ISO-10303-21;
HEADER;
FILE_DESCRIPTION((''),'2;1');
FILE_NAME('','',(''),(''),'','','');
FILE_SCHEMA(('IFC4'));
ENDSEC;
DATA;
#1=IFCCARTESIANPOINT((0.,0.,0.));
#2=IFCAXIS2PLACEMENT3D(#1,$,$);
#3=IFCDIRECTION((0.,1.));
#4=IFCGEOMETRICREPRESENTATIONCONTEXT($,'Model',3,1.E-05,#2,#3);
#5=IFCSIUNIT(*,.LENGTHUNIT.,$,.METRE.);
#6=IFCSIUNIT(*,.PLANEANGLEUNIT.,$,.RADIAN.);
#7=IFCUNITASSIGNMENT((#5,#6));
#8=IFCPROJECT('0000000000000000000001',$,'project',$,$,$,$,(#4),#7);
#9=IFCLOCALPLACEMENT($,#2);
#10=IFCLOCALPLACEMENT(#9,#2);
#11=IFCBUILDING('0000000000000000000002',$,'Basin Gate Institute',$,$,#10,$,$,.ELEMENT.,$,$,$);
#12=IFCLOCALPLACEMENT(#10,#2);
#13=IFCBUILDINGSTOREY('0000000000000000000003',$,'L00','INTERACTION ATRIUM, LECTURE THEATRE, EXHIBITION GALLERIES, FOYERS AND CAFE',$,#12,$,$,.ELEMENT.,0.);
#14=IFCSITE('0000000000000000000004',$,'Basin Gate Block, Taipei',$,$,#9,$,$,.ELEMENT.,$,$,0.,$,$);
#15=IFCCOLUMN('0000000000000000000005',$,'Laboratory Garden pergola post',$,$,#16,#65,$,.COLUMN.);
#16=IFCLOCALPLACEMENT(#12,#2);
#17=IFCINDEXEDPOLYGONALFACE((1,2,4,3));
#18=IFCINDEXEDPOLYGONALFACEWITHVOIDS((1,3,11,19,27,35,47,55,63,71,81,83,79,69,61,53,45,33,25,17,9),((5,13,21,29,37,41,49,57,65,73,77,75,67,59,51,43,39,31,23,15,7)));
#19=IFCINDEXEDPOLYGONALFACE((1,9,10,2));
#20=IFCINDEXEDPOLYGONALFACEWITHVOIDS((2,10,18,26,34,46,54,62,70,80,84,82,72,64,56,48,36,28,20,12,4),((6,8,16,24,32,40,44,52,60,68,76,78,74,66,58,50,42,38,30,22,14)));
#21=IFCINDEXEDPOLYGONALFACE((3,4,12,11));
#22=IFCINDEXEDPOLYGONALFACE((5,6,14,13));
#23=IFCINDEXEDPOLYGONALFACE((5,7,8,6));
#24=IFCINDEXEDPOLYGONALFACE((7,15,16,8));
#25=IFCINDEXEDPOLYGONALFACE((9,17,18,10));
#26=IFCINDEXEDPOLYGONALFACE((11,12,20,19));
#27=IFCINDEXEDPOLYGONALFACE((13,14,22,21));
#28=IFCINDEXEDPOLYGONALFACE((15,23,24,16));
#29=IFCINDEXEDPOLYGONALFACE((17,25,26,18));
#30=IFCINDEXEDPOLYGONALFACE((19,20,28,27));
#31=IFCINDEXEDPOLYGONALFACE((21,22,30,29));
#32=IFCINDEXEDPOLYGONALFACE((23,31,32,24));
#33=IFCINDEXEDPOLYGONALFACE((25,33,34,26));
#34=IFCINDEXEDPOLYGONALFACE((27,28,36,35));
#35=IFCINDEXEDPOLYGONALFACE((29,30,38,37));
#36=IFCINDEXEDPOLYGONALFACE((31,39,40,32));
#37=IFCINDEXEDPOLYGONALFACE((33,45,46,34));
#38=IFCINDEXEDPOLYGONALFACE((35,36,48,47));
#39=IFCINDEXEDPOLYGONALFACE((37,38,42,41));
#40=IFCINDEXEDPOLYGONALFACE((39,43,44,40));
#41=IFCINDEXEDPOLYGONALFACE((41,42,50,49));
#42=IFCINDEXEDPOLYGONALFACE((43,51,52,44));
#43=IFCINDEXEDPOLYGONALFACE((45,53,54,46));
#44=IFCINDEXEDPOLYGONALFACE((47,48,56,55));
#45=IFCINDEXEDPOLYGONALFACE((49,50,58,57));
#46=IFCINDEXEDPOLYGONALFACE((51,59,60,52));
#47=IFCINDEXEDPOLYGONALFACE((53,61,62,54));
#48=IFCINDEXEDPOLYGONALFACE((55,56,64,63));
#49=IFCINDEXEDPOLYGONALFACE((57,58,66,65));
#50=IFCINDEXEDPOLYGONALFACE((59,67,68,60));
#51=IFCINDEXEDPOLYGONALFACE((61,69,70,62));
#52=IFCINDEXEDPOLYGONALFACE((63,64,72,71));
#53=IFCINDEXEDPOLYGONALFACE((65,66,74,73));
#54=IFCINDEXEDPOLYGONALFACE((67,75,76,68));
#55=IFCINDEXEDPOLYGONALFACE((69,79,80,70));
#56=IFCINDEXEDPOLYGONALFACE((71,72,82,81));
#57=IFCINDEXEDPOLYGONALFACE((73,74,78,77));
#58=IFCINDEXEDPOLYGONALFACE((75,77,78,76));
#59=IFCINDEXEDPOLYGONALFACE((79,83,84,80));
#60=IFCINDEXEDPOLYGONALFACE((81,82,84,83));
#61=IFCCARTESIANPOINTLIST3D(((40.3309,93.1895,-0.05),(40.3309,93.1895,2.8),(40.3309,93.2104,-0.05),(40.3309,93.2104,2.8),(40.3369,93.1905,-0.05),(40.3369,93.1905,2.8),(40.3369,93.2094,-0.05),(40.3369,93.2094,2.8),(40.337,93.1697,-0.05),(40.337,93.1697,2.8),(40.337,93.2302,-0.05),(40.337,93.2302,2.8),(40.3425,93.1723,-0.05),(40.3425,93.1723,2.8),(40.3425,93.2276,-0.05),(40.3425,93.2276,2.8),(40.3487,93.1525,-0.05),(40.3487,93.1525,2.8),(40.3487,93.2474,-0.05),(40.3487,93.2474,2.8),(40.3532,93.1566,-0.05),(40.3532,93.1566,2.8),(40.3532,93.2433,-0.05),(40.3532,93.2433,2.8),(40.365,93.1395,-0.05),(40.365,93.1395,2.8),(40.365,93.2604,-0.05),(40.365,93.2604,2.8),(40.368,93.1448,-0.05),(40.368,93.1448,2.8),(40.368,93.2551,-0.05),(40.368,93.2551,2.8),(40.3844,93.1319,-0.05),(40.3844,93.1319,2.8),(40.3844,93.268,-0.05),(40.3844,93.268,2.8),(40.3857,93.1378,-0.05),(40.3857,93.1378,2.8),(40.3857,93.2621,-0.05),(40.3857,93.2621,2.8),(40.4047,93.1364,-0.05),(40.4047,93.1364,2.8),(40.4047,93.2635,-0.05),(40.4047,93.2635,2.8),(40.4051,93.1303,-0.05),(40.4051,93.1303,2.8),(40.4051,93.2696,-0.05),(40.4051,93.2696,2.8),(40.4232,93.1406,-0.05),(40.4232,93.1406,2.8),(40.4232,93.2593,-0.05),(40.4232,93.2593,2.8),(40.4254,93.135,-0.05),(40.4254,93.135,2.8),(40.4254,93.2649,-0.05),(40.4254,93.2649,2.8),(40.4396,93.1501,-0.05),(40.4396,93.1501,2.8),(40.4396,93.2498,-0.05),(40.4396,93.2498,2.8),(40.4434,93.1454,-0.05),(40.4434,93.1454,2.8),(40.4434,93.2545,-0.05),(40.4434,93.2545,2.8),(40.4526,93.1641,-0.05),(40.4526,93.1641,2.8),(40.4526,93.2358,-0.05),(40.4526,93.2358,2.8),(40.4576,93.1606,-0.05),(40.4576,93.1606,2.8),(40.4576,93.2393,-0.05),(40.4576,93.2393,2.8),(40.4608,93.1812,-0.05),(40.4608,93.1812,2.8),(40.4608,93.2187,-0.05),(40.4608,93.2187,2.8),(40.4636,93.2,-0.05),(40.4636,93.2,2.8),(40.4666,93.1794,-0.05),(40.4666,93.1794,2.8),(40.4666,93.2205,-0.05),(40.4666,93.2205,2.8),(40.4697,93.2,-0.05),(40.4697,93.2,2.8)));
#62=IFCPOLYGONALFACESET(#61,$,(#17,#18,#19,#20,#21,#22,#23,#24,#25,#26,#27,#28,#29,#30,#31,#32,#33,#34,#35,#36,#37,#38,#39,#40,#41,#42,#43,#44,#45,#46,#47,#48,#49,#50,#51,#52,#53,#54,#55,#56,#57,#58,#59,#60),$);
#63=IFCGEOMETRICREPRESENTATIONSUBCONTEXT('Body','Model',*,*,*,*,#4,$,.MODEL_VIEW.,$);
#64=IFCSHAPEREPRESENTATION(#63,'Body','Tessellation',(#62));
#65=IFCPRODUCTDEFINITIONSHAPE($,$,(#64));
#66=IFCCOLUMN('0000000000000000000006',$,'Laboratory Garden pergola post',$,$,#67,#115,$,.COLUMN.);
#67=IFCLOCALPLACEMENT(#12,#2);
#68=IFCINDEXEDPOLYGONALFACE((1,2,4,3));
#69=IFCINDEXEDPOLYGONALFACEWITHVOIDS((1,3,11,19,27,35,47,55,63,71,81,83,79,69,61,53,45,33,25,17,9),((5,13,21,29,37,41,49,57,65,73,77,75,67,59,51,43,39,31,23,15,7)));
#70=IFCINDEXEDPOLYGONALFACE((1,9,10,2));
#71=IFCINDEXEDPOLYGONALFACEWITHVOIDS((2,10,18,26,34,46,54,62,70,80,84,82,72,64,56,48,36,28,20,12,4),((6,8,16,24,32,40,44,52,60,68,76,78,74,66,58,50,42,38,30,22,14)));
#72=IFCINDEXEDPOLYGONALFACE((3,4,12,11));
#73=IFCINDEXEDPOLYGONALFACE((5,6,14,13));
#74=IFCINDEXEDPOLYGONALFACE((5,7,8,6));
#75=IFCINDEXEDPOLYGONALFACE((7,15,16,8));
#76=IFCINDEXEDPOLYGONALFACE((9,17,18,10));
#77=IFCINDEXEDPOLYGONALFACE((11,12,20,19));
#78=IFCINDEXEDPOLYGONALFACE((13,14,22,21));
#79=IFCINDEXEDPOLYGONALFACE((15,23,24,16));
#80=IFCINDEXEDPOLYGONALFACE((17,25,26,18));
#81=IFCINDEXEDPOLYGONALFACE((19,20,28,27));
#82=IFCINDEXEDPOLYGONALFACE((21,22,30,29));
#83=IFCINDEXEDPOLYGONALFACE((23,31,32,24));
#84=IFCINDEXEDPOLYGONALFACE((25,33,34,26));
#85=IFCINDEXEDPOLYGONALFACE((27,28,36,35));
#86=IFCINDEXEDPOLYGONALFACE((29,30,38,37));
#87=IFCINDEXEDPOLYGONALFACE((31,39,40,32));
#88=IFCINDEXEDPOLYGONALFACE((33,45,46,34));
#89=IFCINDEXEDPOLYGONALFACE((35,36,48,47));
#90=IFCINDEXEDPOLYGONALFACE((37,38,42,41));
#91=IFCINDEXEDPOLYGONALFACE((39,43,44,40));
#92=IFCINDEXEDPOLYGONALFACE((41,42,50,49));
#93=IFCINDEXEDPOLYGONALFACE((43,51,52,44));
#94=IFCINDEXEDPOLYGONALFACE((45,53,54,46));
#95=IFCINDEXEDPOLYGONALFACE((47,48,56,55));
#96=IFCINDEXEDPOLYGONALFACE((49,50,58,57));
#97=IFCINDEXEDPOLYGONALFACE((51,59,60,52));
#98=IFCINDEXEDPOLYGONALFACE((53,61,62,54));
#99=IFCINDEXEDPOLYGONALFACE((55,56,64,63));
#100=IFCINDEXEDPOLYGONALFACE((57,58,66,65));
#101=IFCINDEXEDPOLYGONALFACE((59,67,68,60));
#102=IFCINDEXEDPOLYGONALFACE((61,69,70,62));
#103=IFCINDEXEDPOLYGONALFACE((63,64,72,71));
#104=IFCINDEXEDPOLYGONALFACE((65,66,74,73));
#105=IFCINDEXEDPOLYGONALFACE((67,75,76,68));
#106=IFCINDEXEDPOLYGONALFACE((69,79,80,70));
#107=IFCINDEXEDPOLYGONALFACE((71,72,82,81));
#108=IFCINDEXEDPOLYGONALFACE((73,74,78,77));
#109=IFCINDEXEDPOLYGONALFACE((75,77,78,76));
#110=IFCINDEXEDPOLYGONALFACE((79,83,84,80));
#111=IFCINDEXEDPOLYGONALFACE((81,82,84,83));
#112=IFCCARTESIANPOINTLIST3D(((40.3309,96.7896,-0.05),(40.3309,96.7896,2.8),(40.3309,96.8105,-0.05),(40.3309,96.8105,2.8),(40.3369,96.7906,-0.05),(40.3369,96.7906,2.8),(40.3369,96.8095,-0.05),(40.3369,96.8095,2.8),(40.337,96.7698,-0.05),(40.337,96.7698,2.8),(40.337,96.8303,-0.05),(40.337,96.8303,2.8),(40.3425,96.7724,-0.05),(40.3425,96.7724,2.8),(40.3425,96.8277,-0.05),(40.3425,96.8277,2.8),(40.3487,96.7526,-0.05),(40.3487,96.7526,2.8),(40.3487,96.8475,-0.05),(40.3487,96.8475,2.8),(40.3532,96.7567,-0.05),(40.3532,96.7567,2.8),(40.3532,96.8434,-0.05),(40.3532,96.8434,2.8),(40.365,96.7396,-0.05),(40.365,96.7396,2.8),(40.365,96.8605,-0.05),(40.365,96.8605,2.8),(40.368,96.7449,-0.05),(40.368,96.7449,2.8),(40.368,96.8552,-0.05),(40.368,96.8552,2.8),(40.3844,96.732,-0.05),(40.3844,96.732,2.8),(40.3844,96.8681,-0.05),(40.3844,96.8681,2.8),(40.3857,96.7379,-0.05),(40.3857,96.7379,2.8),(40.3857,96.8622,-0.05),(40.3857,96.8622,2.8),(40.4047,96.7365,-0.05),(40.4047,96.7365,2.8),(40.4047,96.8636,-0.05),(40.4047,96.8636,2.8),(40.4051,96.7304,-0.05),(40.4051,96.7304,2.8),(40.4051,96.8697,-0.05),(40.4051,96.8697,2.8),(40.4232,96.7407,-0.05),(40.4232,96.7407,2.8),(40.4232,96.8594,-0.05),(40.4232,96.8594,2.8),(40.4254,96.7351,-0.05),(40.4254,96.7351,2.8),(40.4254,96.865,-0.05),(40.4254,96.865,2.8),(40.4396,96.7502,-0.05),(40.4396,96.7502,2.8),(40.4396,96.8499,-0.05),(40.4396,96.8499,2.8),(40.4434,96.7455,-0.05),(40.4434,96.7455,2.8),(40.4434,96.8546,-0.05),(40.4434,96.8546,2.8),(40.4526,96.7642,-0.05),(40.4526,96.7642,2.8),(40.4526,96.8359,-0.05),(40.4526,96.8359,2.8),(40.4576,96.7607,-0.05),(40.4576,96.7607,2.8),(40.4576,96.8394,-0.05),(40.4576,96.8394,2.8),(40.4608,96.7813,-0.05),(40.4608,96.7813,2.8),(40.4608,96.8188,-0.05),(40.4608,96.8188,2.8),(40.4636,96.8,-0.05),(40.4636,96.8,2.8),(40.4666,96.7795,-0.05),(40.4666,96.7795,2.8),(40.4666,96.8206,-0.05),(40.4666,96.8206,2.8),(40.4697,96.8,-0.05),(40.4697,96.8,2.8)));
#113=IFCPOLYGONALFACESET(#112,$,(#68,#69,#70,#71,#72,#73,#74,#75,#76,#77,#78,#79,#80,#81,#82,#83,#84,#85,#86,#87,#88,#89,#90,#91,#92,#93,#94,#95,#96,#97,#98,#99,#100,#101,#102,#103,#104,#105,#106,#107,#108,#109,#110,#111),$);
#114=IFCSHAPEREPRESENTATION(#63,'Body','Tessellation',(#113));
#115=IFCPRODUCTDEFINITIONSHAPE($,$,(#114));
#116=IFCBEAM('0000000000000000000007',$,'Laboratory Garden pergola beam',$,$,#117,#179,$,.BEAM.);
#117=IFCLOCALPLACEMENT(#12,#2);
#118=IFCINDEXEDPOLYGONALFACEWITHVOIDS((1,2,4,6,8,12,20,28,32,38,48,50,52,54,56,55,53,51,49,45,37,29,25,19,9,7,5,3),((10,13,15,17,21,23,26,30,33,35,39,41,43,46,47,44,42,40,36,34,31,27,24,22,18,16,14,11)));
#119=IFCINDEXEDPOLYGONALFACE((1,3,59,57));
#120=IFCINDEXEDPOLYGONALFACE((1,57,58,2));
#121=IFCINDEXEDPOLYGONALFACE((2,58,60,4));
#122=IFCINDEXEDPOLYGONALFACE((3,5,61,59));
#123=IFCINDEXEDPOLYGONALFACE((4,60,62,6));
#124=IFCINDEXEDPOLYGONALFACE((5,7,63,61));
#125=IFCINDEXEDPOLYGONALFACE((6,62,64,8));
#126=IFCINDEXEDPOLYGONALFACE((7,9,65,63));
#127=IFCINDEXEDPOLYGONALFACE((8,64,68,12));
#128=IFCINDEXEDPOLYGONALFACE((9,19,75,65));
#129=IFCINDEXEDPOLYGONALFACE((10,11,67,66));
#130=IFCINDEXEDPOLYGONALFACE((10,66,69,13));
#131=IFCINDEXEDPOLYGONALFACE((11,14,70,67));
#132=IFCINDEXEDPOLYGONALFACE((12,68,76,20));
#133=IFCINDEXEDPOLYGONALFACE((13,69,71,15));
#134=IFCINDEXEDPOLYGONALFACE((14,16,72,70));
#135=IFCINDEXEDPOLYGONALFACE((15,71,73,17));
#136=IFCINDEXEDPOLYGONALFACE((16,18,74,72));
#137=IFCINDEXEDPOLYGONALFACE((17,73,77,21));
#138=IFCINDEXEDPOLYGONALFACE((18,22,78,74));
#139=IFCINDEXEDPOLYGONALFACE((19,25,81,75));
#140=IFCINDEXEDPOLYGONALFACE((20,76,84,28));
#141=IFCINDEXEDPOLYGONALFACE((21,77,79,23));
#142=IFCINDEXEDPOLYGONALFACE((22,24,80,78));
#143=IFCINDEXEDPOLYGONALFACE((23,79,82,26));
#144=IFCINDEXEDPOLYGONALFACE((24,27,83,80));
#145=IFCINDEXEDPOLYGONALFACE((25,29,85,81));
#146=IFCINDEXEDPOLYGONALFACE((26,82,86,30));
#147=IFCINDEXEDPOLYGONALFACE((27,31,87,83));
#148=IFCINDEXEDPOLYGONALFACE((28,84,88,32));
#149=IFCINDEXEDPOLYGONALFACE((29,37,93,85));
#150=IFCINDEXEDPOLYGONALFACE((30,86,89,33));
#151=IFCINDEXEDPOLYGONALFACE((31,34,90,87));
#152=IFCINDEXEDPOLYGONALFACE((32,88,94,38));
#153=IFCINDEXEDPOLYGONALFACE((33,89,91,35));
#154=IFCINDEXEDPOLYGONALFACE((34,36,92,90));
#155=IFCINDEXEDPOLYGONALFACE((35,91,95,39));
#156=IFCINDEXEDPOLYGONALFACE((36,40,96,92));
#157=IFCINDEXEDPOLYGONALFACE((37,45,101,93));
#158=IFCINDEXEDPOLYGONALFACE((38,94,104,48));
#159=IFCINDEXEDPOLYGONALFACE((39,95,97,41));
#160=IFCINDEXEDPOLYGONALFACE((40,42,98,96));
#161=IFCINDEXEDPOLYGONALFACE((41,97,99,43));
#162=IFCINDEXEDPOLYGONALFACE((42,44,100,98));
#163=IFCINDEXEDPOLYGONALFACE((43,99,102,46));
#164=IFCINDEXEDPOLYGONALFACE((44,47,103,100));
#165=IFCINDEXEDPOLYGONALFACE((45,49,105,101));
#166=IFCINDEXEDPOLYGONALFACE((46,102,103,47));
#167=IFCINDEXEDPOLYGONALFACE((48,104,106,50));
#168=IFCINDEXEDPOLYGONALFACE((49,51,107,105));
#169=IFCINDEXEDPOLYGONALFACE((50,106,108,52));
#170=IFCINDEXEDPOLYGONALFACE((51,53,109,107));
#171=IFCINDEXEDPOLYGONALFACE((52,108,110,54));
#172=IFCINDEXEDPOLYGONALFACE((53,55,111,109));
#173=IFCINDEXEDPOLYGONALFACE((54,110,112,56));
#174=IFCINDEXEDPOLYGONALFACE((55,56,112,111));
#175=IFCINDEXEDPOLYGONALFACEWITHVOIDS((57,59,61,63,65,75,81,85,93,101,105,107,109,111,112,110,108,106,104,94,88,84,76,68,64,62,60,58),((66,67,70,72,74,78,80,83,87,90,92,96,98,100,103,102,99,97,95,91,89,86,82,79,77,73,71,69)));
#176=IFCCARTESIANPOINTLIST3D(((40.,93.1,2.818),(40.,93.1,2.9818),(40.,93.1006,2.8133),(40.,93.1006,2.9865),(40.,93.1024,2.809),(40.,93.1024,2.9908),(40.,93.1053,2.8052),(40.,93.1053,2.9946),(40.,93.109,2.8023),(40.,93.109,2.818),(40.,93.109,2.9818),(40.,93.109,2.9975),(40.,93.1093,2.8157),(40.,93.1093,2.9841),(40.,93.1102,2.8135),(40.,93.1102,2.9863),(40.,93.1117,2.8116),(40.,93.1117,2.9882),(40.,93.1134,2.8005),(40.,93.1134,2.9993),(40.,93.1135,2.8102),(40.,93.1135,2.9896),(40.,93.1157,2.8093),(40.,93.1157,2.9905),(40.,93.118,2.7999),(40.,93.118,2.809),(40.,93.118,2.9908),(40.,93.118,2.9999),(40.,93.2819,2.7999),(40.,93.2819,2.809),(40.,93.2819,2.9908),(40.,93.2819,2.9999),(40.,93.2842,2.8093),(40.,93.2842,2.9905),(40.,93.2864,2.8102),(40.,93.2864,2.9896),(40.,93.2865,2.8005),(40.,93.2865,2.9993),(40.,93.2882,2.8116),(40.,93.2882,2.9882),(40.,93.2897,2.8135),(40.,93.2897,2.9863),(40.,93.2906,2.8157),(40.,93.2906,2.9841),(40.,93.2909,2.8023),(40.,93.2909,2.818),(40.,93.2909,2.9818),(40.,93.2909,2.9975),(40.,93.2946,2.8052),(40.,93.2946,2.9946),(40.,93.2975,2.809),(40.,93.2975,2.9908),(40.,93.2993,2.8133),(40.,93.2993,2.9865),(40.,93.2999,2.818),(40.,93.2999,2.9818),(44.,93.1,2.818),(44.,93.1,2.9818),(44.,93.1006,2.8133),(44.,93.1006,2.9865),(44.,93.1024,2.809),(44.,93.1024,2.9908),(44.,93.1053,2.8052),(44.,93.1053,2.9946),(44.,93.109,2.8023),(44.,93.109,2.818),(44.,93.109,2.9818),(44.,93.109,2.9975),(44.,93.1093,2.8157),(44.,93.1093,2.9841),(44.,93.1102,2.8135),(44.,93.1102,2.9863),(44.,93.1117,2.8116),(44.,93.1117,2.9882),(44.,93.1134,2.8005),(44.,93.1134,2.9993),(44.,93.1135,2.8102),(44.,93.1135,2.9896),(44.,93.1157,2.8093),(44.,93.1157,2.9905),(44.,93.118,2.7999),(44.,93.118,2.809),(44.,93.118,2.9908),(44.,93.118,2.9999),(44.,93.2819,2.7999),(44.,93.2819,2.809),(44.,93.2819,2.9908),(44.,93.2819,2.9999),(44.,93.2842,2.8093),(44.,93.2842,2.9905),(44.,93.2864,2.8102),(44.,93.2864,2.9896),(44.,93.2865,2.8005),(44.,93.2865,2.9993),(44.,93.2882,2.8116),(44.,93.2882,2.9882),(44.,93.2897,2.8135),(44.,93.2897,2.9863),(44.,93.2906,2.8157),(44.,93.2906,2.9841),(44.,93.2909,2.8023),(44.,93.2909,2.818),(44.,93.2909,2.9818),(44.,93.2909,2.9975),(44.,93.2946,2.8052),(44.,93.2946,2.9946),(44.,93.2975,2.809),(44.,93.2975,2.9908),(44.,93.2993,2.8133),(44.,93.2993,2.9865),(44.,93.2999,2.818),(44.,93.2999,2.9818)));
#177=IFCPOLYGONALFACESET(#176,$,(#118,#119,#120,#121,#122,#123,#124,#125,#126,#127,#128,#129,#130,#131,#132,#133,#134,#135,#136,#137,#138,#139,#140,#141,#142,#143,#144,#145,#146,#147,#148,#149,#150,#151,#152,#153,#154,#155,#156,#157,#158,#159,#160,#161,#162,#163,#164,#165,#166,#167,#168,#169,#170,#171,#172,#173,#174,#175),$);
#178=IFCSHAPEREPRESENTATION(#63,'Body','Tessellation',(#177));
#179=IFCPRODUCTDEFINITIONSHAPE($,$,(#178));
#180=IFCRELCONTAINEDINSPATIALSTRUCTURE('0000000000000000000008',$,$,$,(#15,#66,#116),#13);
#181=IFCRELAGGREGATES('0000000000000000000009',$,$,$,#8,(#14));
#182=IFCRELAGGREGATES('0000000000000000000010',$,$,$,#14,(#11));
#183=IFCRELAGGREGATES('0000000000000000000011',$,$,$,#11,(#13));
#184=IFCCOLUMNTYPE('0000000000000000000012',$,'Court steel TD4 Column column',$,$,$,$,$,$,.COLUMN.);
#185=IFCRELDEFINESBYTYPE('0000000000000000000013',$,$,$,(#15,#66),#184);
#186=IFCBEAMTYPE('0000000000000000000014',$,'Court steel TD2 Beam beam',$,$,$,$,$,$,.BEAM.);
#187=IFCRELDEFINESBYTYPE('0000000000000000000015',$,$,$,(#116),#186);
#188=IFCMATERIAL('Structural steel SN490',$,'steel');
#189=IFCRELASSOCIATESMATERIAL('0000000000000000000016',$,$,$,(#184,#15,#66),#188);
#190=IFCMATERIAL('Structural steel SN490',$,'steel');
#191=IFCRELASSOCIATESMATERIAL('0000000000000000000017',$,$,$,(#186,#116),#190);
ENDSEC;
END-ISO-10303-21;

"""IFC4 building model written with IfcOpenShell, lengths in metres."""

from ifc_helpers import new_model, si_unit, direction, frame, origin, origin_2d, place, context, subcontext, project, spatial, hollow_rectangle, hollow_circle, extrude, material, material_profile, profile_set, type_object, element, save


model = new_model("IFC4")

# Units and contexts
model_context = context("Model", 3, precision=1e-05, world=origin(), true_north=direction((0.0, 1.0)))
body_context = subcontext(model_context, "Body", "Model", "MODEL_VIEW")
ifc_project = project(units=[si_unit("LENGTHUNIT", "METRE"), si_unit("PLANEANGLEUNIT", "RADIAN")], contexts=[model_context])

# Site, building, storey
site_placement = place(None, origin())
site = spatial("IfcSite", under=ifc_project, at=site_placement, Name="Basin Gate Block, Taipei", CompositionType="ELEMENT", RefElevation=0.0)
building_placement = place(site_placement, origin())
building = spatial("IfcBuilding", under=site, at=building_placement, Name="Basin Gate Institute", CompositionType="ELEMENT")
storey_placement = place(building_placement, origin())
storey = spatial("IfcBuildingStorey", under=building, at=storey_placement, Name="L00", Description="INTERACTION ATRIUM, LECTURE THEATRE, EXHIBITION GALLERIES, FOYERS AND CAFE", CompositionType="ELEMENT", Elevation=0.0)

# Columns
ifc_material_1 = material(Name="Structural steel SN490", Category="steel")
ifc_material_profile_1 = material_profile(ifc_material_1, hollow_circle(Radius=0.0698, WallThickness=0.0061, at=origin_2d()), Name="CHS139x6")
ifc_profile_set_1 = profile_set([ifc_material_profile_1], Name="Structural steel SN490")
column_type = type_object("IfcColumnType", Name="Court steel TD4 Column column", PredefinedType="COLUMN", material=ifc_profile_set_1)
for number, where, z_axis, x_axis, name in (
    (1, (40.3999, 93.2, -0.05), (0.0, 0.0, 1.0), (1.0, 0.0, 0.0), "Laboratory Garden pergola post"),
    (2, (40.3999, 96.8, -0.05), (0.0, 0.0, 1.0), (1.0, 0.0, 0.0), "Laboratory Garden pergola post"),
):
    element("IfcColumn", number, at=place(storey_placement, frame(where, z_axis=z_axis, x_axis=x_axis)), inside=storey, type_object=column_type, material=ifc_profile_set_1, Name=name, PredefinedType="COLUMN", context=body_context, shape_type="SweptSolid", body=[
        extrude(hollow_circle(Radius=0.0698, WallThickness=0.0061, at=origin_2d()), origin(), (0.0, 0.0, 1.0), 2.8501),
    ])

# Beam
ifc_material_2 = material(Name="Structural steel SN490", Category="steel")
ifc_material_profile_2 = material_profile(ifc_material_2, hollow_rectangle(XDim=0.2, YDim=0.2, WallThickness=0.009, InnerFilletRadius=0.009, OuterFilletRadius=0.0181, at=origin_2d()), Name="RHS200x200x9")
ifc_profile_set_2 = profile_set([ifc_material_profile_2], Name="Structural steel SN490")
beam_type = type_object("IfcBeamType", Name="Court steel TD2 Beam beam", PredefinedType="BEAM", material=ifc_profile_set_2)
for number, where, z_axis, x_axis, name in (
    (3, (40.0, 93.2, 2.8999), (1.0, 0.0, 0.0), (0.0, 1.0, 0.0), "Laboratory Garden pergola beam"),
):
    element("IfcBeam", number, at=place(storey_placement, frame(where, z_axis=z_axis, x_axis=x_axis)), inside=storey, type_object=beam_type, material=ifc_profile_set_2, Name=name, PredefinedType="BEAM", context=body_context, shape_type="SweptSolid", body=[
        extrude(hollow_rectangle(XDim=0.2, YDim=0.2, WallThickness=0.009, InnerFilletRadius=0.009, OuterFilletRadius=0.0181, at=origin_2d()), origin(), (0.0, 0.0, 1.0), 4.0),
    ])

save(model, "model.ifc")
